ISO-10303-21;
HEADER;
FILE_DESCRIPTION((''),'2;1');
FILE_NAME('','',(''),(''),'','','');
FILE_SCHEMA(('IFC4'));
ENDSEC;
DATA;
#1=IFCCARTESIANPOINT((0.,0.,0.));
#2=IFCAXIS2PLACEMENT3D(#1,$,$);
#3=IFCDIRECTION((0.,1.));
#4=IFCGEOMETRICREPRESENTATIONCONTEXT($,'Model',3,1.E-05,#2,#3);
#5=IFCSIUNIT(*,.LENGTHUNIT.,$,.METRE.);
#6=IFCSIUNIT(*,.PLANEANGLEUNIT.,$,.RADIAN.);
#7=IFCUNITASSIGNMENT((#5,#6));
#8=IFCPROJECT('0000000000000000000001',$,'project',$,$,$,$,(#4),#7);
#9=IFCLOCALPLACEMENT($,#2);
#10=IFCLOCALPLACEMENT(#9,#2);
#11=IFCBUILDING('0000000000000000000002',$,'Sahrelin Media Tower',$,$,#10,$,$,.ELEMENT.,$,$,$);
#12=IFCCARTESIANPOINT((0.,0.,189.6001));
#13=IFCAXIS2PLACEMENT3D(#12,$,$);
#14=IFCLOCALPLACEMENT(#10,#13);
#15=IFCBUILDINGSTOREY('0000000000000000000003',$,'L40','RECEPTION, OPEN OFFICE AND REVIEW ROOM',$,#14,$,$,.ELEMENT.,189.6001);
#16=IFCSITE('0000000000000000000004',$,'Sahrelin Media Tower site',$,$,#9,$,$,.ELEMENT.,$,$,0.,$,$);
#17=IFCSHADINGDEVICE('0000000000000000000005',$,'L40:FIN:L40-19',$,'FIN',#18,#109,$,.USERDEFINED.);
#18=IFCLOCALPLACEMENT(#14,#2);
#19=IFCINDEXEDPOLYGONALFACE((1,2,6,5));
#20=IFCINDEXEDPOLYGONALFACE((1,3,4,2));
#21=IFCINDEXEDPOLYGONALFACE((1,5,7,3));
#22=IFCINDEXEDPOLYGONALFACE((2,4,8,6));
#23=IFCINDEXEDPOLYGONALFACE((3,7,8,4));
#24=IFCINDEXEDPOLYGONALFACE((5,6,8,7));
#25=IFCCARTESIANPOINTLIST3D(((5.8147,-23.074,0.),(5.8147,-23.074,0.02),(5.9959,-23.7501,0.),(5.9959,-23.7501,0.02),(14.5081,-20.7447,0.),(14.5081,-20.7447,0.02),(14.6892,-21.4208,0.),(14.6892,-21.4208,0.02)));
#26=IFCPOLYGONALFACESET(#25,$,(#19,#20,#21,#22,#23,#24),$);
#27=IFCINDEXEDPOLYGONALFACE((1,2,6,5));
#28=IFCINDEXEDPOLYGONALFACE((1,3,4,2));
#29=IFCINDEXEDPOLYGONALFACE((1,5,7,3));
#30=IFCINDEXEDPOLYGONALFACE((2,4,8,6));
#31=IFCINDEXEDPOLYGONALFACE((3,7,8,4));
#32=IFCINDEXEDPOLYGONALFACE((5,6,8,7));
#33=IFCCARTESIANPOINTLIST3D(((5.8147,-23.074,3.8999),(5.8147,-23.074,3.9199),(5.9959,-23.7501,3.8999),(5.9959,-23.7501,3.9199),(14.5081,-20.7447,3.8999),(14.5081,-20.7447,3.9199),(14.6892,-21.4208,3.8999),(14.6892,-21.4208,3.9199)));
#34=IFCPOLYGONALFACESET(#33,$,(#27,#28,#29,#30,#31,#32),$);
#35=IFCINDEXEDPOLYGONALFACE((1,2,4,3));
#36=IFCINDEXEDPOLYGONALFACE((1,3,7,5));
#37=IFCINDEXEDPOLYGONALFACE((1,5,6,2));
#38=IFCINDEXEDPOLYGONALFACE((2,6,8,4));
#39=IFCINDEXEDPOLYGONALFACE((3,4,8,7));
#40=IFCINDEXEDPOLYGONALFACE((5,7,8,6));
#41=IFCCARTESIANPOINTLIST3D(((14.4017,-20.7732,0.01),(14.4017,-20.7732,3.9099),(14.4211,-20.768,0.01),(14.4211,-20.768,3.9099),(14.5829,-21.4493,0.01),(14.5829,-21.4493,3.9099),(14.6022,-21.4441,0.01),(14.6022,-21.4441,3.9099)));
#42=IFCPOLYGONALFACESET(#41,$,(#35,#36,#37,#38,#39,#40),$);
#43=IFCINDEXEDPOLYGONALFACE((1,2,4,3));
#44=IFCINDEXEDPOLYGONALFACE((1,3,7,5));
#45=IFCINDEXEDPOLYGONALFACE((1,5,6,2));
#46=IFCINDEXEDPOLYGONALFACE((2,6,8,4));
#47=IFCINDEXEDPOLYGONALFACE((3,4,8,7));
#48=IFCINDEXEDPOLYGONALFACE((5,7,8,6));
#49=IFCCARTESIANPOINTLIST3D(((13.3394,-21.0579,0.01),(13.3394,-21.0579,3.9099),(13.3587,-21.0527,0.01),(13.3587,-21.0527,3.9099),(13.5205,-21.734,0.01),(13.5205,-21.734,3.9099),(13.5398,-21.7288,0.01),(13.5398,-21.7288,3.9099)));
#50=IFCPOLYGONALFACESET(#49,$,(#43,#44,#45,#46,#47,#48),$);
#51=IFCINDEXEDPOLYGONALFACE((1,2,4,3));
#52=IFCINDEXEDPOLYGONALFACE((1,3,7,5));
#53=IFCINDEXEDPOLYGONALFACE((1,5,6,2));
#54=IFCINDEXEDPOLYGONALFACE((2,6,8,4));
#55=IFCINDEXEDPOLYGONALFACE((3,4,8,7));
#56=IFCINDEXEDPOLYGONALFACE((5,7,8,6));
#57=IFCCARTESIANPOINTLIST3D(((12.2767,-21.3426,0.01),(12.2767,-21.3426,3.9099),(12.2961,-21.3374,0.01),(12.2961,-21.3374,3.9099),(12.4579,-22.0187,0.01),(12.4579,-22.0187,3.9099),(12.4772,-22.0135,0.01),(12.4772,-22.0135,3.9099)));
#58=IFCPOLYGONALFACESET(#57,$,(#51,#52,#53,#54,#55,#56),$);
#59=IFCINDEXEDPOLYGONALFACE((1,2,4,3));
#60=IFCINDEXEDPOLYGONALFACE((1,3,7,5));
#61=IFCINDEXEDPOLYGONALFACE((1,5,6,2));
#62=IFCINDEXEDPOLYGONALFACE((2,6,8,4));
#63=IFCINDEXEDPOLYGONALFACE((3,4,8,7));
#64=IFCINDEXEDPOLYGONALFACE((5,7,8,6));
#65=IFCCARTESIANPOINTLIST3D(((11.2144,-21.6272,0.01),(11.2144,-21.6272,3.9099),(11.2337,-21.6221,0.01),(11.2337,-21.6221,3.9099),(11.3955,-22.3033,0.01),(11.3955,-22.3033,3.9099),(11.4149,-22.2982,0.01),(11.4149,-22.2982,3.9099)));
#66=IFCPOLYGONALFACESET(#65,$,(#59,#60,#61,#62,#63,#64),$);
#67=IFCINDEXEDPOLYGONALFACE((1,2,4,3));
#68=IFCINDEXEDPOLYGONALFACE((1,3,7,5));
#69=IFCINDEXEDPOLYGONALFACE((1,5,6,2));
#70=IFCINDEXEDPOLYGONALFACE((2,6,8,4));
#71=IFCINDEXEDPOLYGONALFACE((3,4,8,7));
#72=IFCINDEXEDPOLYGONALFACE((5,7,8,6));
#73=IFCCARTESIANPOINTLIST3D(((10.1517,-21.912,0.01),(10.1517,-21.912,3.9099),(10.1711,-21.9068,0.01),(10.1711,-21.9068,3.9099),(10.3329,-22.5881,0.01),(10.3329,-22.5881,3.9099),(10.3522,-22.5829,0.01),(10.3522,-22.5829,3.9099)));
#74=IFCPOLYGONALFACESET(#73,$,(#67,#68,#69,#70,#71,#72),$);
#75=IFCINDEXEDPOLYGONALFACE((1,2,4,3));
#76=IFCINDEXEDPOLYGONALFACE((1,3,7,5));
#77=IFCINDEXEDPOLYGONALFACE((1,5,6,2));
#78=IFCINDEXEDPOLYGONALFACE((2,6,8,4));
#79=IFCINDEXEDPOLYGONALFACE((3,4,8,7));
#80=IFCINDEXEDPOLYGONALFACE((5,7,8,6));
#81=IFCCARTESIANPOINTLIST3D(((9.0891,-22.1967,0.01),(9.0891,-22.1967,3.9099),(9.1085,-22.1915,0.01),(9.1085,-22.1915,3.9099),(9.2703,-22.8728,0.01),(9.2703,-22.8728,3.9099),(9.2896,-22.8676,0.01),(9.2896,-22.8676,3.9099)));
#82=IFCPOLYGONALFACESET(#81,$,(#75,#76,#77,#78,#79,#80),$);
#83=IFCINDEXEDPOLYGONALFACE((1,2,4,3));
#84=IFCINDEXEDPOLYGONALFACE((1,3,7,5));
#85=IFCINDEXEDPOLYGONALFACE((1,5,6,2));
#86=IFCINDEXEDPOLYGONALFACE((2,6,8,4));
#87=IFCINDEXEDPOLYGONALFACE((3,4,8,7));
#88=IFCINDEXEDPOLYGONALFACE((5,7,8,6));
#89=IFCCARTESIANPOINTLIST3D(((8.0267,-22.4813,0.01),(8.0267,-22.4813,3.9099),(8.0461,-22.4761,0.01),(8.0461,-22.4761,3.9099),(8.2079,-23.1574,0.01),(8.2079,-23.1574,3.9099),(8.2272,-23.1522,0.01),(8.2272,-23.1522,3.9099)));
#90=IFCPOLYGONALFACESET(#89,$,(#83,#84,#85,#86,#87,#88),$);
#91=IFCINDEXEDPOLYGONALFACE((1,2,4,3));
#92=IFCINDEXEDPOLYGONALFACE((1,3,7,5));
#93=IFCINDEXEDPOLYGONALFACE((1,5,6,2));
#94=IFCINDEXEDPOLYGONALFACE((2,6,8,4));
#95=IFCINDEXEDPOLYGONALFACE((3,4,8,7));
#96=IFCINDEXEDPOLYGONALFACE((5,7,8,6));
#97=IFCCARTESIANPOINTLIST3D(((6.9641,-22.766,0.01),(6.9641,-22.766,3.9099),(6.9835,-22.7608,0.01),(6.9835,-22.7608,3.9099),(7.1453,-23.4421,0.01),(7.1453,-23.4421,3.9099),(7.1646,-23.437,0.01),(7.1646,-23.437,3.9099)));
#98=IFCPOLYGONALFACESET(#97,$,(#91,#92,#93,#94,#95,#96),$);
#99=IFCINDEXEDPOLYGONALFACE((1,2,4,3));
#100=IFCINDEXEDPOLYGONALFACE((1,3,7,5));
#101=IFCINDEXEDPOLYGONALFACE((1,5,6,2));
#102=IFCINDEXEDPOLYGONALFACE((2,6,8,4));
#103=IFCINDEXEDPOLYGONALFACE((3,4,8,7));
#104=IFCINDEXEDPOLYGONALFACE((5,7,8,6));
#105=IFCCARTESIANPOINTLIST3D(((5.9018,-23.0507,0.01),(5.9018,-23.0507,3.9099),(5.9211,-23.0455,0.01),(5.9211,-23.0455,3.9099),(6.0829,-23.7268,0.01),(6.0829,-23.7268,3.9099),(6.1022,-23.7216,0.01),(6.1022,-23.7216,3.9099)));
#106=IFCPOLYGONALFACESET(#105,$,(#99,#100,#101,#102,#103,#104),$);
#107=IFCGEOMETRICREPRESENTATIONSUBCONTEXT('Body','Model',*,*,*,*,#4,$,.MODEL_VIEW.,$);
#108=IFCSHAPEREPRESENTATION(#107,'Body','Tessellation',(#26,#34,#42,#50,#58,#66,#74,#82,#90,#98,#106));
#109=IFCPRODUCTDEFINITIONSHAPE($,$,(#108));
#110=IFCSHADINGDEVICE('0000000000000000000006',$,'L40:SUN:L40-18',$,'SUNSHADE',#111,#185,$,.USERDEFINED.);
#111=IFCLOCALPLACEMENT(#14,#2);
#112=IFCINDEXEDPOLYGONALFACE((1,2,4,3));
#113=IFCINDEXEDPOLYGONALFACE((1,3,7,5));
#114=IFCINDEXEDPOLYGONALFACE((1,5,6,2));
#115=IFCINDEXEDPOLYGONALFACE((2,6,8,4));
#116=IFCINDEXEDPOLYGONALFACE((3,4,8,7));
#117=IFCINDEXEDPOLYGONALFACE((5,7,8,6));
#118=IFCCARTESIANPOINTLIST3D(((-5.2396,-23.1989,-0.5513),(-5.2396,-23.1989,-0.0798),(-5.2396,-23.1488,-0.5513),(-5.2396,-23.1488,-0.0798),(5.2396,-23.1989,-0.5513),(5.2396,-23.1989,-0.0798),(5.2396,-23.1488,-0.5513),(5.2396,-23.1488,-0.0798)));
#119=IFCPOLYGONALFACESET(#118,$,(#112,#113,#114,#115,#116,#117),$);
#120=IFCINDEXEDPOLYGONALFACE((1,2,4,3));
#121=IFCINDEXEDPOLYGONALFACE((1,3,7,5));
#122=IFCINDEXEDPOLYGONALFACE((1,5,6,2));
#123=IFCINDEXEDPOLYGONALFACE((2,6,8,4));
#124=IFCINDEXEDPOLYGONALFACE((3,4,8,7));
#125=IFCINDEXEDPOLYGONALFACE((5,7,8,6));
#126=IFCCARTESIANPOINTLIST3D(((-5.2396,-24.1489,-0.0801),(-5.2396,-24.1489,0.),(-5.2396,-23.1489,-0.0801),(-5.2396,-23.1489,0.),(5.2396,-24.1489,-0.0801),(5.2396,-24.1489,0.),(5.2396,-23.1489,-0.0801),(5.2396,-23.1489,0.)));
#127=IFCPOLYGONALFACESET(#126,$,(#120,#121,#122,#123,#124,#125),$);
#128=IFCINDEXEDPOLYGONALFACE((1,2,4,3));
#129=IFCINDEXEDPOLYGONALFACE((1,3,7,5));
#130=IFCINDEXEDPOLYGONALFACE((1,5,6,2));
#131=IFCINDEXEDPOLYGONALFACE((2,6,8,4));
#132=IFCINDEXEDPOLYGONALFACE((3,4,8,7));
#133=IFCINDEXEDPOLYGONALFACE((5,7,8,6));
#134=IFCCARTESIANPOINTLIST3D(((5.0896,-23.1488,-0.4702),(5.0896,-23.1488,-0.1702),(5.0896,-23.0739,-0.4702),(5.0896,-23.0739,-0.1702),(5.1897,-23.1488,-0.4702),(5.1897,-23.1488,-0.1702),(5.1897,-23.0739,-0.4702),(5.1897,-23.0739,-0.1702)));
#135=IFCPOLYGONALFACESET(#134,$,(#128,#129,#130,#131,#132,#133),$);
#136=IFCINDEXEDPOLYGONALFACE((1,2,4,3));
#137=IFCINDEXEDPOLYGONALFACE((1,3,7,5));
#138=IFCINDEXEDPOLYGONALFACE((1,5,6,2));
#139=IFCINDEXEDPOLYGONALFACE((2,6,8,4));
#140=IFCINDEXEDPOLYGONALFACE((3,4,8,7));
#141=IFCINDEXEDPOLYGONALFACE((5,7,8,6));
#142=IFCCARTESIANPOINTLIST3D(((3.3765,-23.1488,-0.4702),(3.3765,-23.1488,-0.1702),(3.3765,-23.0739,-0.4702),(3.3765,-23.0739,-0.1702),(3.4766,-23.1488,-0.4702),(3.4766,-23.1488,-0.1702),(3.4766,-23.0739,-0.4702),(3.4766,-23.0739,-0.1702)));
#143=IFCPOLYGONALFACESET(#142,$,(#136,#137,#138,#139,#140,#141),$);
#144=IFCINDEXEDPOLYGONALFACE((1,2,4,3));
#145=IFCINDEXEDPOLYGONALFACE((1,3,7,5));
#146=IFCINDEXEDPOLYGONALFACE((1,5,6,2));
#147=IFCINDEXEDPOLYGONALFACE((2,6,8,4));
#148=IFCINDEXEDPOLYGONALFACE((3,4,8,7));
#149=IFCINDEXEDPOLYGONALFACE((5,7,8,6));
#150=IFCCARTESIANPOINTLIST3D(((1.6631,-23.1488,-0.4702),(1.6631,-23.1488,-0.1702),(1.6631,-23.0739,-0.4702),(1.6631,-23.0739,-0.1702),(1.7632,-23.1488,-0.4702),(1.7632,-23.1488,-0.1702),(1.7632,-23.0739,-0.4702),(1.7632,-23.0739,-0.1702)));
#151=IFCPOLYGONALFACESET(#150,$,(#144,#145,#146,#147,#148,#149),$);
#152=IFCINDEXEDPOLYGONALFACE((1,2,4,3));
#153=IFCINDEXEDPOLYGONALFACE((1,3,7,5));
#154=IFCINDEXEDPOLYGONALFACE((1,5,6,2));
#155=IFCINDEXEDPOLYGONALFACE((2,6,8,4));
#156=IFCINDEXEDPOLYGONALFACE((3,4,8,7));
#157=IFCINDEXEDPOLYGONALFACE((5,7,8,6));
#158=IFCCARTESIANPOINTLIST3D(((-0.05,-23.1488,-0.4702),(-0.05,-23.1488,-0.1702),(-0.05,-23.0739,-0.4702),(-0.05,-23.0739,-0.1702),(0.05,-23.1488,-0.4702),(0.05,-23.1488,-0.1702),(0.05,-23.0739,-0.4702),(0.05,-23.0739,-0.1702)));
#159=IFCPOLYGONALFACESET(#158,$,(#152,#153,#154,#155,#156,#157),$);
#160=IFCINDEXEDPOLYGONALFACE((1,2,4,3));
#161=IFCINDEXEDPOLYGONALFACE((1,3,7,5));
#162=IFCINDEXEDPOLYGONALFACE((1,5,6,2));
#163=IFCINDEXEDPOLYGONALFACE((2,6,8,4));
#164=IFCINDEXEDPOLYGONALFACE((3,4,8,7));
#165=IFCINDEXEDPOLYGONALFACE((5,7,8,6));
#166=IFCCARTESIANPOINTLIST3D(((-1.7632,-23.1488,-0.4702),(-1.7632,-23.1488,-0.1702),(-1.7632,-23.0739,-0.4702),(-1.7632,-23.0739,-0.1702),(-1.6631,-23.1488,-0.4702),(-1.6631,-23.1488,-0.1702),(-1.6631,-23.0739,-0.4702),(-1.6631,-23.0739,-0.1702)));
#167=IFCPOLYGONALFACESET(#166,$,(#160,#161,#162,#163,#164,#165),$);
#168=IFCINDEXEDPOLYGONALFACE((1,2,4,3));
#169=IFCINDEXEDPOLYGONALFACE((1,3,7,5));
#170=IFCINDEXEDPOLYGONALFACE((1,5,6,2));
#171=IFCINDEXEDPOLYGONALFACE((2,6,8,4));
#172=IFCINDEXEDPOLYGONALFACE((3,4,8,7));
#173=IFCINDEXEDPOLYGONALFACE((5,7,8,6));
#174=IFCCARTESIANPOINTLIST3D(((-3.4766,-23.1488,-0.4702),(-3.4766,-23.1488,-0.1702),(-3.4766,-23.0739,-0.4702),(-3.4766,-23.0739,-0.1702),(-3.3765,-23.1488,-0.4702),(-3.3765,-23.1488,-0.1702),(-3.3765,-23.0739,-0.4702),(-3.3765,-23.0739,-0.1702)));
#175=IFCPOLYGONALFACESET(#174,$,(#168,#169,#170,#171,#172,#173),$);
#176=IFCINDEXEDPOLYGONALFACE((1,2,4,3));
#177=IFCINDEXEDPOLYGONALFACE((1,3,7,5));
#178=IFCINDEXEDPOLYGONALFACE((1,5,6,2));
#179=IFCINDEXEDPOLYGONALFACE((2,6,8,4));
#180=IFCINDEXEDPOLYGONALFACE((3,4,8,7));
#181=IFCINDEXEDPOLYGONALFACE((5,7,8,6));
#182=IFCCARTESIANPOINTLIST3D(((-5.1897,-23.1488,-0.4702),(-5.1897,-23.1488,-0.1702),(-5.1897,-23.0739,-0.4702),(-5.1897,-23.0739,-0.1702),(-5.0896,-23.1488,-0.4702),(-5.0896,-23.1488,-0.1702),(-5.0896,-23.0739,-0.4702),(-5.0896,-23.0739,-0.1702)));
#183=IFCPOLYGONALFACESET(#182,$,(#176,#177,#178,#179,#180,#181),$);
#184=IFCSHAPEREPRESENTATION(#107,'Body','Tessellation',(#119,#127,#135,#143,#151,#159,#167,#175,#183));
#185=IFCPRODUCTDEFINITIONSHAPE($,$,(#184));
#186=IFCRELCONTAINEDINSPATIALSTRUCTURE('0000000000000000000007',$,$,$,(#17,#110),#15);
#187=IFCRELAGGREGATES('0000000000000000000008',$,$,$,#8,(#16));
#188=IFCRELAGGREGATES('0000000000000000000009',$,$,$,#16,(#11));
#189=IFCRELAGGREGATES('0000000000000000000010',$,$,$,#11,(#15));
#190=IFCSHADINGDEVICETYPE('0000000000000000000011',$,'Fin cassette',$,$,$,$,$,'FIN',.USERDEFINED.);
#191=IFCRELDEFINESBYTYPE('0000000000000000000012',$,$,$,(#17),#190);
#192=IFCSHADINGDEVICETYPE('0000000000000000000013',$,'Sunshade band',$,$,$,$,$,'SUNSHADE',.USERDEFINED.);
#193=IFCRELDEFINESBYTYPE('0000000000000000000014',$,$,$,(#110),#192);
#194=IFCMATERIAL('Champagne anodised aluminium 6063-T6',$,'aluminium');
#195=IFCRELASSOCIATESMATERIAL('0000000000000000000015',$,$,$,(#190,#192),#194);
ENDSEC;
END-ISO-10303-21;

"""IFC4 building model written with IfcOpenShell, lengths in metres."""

from ifc_helpers import new_model, si_unit, direction, frame, origin, origin_2d, place, context, subcontext, project, spatial, rectangle, extrude, material, type_object, element, save


model = new_model("IFC4")

# Units and contexts
model_context = context("Model", 3, precision=1e-05, world=origin(), true_north=direction((0.0, 1.0)))
body_context = subcontext(model_context, "Body", "Model", "MODEL_VIEW")
ifc_project = project(units=[si_unit("LENGTHUNIT", "METRE"), si_unit("PLANEANGLEUNIT", "RADIAN")], contexts=[model_context])

# Site, building, storey
site_placement = place(None, origin())
site = spatial("IfcSite", under=ifc_project, at=site_placement, Name="Sahrelin Media Tower site", CompositionType="ELEMENT", RefElevation=0.0)
building_placement = place(site_placement, origin())
building = spatial("IfcBuilding", under=site, at=building_placement, Name="Sahrelin Media Tower", CompositionType="ELEMENT")
storey_placement = place(building_placement, frame((0.0, 0.0, 189.6001)))
storey = spatial("IfcBuildingStorey", under=building, at=storey_placement, Name="L40", Description="RECEPTION, OPEN OFFICE AND REVIEW ROOM", CompositionType="ELEMENT", Elevation=189.6001)

# Shared definitions
ifc_material_1 = material(Name="Champagne anodised aluminium 6063-T6", Category="aluminium")

# Shading devices
shading_device_type_1 = type_object("IfcShadingDeviceType", Name="Fin cassette", ElementType="FIN", PredefinedType="USERDEFINED", material=ifc_material_1)
placement_1 = place(storey_placement, frame((0.0, -23.1289, 0.0), z_axis=(0.0, 0.0, 1.0), x_axis=(-1.0, 0.0, 0.0)))
placement_2 = place(storey_placement, frame((10.1433, -21.8418, 0.0), z_axis=(0.0, 0.0, 1.0), x_axis=(-0.965929, -0.258808, 0.0)))
element("IfcShadingDevice", 1, at=placement_2, inside=storey, type_object=shading_device_type_1, Name="L40:FIN:L40-19", ObjectType="FIN", PredefinedType="USERDEFINED", context=body_context, shape_type="SweptSolid", body=[
    extrude(rectangle(XDim=9.0, YDim=0.7, at=origin_2d()), frame((0.0, 0.4199, 0.0)), (0.0, 0.0, 1.0), 0.02),
    extrude(rectangle(XDim=9.0, YDim=0.7, at=origin_2d()), frame((0.0, 0.4199, 3.8999)), (0.0, 0.0, 1.0), 0.02),
    extrude(rectangle(XDim=0.02, YDim=0.7, at=origin_2d()), frame((-4.3999, 0.4199, 0.01), z_axis=(0.0, 0.0, 1.0), x_axis=(1.0, 0.0, 0.0)), (0.0, 0.0, 1.0), 3.8999),
    extrude(rectangle(XDim=0.02, YDim=0.7, at=origin_2d()), frame((-3.3, 0.4199, 0.01), z_axis=(0.0, 0.0, 1.0), x_axis=(1.0, 0.0, 0.0)), (0.0, 0.0, 1.0), 3.8999),
    extrude(rectangle(XDim=0.02, YDim=0.7, at=origin_2d()), frame((-2.2, 0.4199, 0.01), z_axis=(0.0, 0.0, 1.0), x_axis=(1.0, 0.0, 0.0)), (0.0, 0.0, 1.0), 3.8999),
    extrude(rectangle(XDim=0.02, YDim=0.7, at=origin_2d()), frame((-1.1001, 0.4199, 0.01), z_axis=(0.0, 0.0, 1.0), x_axis=(1.0, 0.0, 0.0)), (0.0, 0.0, 1.0), 3.8999),
    extrude(rectangle(XDim=0.02, YDim=0.7, at=origin_2d()), frame((0.0, 0.4199, 0.01), z_axis=(0.0, 0.0, 1.0), x_axis=(1.0, 0.0, 0.0)), (0.0, 0.0, 1.0), 3.8999),
    extrude(rectangle(XDim=0.02, YDim=0.7, at=origin_2d()), frame((1.1001, 0.4199, 0.01), z_axis=(0.0, 0.0, 1.0), x_axis=(1.0, 0.0, 0.0)), (0.0, 0.0, 1.0), 3.8999),
    extrude(rectangle(XDim=0.02, YDim=0.7, at=origin_2d()), frame((2.2, 0.4199, 0.01), z_axis=(0.0, 0.0, 1.0), x_axis=(1.0, 0.0, 0.0)), (0.0, 0.0, 1.0), 3.8999),
    extrude(rectangle(XDim=0.02, YDim=0.7, at=origin_2d()), frame((3.3, 0.4199, 0.01), z_axis=(0.0, 0.0, 1.0), x_axis=(1.0, 0.0, 0.0)), (0.0, 0.0, 1.0), 3.8999),
    extrude(rectangle(XDim=0.02, YDim=0.7, at=origin_2d()), frame((4.3999, 0.4199, 0.01), z_axis=(0.0, 0.0, 1.0), x_axis=(1.0, 0.0, 0.0)), (0.0, 0.0, 1.0), 3.8999),
])
shading_device_type_2 = type_object("IfcShadingDeviceType", Name="Sunshade band", ElementType="SUNSHADE", PredefinedType="USERDEFINED", material=ifc_material_1)
element("IfcShadingDevice", 2, at=placement_1, inside=storey, type_object=shading_device_type_2, Name="L40:SUN:L40-18", ObjectType="SUNSHADE", PredefinedType="USERDEFINED", context=body_context, shape_type="SweptSolid", body=[
    extrude(rectangle(XDim=10.4792, YDim=0.05, at=origin_2d()), frame((0.0, 0.0449, -0.5513)), (0.0, 0.0, 1.0), 0.4714),
    extrude(rectangle(XDim=10.4792, YDim=1.0, at=origin_2d()), frame((0.0, 0.52, -0.0801)), (0.0, 0.0, 1.0), 0.0801),
    extrude(rectangle(XDim=0.1001, YDim=0.075, at=origin_2d()), frame((-5.1396, -0.0176, -0.4702)), (0.0, 0.0, 1.0), 0.3),
    extrude(rectangle(XDim=0.1001, YDim=0.075, at=origin_2d()), frame((-3.4265, -0.0176, -0.4702)), (0.0, 0.0, 1.0), 0.3),
    extrude(rectangle(XDim=0.1001, YDim=0.075, at=origin_2d()), frame((-1.7131, -0.0176, -0.4702)), (0.0, 0.0, 1.0), 0.3),
    extrude(rectangle(XDim=0.1001, YDim=0.075, at=origin_2d()), frame((0.0, -0.0176, -0.4702)), (0.0, 0.0, 1.0), 0.3),
    extrude(rectangle(XDim=0.1001, YDim=0.075, at=origin_2d()), frame((1.7131, -0.0176, -0.4702)), (0.0, 0.0, 1.0), 0.3),
    extrude(rectangle(XDim=0.1001, YDim=0.075, at=origin_2d()), frame((3.4265, -0.0176, -0.4702)), (0.0, 0.0, 1.0), 0.3),
    extrude(rectangle(XDim=0.1001, YDim=0.075, at=origin_2d()), frame((5.1396, -0.0176, -0.4702)), (0.0, 0.0, 1.0), 0.3),
])

save(model, "model.ifc")
